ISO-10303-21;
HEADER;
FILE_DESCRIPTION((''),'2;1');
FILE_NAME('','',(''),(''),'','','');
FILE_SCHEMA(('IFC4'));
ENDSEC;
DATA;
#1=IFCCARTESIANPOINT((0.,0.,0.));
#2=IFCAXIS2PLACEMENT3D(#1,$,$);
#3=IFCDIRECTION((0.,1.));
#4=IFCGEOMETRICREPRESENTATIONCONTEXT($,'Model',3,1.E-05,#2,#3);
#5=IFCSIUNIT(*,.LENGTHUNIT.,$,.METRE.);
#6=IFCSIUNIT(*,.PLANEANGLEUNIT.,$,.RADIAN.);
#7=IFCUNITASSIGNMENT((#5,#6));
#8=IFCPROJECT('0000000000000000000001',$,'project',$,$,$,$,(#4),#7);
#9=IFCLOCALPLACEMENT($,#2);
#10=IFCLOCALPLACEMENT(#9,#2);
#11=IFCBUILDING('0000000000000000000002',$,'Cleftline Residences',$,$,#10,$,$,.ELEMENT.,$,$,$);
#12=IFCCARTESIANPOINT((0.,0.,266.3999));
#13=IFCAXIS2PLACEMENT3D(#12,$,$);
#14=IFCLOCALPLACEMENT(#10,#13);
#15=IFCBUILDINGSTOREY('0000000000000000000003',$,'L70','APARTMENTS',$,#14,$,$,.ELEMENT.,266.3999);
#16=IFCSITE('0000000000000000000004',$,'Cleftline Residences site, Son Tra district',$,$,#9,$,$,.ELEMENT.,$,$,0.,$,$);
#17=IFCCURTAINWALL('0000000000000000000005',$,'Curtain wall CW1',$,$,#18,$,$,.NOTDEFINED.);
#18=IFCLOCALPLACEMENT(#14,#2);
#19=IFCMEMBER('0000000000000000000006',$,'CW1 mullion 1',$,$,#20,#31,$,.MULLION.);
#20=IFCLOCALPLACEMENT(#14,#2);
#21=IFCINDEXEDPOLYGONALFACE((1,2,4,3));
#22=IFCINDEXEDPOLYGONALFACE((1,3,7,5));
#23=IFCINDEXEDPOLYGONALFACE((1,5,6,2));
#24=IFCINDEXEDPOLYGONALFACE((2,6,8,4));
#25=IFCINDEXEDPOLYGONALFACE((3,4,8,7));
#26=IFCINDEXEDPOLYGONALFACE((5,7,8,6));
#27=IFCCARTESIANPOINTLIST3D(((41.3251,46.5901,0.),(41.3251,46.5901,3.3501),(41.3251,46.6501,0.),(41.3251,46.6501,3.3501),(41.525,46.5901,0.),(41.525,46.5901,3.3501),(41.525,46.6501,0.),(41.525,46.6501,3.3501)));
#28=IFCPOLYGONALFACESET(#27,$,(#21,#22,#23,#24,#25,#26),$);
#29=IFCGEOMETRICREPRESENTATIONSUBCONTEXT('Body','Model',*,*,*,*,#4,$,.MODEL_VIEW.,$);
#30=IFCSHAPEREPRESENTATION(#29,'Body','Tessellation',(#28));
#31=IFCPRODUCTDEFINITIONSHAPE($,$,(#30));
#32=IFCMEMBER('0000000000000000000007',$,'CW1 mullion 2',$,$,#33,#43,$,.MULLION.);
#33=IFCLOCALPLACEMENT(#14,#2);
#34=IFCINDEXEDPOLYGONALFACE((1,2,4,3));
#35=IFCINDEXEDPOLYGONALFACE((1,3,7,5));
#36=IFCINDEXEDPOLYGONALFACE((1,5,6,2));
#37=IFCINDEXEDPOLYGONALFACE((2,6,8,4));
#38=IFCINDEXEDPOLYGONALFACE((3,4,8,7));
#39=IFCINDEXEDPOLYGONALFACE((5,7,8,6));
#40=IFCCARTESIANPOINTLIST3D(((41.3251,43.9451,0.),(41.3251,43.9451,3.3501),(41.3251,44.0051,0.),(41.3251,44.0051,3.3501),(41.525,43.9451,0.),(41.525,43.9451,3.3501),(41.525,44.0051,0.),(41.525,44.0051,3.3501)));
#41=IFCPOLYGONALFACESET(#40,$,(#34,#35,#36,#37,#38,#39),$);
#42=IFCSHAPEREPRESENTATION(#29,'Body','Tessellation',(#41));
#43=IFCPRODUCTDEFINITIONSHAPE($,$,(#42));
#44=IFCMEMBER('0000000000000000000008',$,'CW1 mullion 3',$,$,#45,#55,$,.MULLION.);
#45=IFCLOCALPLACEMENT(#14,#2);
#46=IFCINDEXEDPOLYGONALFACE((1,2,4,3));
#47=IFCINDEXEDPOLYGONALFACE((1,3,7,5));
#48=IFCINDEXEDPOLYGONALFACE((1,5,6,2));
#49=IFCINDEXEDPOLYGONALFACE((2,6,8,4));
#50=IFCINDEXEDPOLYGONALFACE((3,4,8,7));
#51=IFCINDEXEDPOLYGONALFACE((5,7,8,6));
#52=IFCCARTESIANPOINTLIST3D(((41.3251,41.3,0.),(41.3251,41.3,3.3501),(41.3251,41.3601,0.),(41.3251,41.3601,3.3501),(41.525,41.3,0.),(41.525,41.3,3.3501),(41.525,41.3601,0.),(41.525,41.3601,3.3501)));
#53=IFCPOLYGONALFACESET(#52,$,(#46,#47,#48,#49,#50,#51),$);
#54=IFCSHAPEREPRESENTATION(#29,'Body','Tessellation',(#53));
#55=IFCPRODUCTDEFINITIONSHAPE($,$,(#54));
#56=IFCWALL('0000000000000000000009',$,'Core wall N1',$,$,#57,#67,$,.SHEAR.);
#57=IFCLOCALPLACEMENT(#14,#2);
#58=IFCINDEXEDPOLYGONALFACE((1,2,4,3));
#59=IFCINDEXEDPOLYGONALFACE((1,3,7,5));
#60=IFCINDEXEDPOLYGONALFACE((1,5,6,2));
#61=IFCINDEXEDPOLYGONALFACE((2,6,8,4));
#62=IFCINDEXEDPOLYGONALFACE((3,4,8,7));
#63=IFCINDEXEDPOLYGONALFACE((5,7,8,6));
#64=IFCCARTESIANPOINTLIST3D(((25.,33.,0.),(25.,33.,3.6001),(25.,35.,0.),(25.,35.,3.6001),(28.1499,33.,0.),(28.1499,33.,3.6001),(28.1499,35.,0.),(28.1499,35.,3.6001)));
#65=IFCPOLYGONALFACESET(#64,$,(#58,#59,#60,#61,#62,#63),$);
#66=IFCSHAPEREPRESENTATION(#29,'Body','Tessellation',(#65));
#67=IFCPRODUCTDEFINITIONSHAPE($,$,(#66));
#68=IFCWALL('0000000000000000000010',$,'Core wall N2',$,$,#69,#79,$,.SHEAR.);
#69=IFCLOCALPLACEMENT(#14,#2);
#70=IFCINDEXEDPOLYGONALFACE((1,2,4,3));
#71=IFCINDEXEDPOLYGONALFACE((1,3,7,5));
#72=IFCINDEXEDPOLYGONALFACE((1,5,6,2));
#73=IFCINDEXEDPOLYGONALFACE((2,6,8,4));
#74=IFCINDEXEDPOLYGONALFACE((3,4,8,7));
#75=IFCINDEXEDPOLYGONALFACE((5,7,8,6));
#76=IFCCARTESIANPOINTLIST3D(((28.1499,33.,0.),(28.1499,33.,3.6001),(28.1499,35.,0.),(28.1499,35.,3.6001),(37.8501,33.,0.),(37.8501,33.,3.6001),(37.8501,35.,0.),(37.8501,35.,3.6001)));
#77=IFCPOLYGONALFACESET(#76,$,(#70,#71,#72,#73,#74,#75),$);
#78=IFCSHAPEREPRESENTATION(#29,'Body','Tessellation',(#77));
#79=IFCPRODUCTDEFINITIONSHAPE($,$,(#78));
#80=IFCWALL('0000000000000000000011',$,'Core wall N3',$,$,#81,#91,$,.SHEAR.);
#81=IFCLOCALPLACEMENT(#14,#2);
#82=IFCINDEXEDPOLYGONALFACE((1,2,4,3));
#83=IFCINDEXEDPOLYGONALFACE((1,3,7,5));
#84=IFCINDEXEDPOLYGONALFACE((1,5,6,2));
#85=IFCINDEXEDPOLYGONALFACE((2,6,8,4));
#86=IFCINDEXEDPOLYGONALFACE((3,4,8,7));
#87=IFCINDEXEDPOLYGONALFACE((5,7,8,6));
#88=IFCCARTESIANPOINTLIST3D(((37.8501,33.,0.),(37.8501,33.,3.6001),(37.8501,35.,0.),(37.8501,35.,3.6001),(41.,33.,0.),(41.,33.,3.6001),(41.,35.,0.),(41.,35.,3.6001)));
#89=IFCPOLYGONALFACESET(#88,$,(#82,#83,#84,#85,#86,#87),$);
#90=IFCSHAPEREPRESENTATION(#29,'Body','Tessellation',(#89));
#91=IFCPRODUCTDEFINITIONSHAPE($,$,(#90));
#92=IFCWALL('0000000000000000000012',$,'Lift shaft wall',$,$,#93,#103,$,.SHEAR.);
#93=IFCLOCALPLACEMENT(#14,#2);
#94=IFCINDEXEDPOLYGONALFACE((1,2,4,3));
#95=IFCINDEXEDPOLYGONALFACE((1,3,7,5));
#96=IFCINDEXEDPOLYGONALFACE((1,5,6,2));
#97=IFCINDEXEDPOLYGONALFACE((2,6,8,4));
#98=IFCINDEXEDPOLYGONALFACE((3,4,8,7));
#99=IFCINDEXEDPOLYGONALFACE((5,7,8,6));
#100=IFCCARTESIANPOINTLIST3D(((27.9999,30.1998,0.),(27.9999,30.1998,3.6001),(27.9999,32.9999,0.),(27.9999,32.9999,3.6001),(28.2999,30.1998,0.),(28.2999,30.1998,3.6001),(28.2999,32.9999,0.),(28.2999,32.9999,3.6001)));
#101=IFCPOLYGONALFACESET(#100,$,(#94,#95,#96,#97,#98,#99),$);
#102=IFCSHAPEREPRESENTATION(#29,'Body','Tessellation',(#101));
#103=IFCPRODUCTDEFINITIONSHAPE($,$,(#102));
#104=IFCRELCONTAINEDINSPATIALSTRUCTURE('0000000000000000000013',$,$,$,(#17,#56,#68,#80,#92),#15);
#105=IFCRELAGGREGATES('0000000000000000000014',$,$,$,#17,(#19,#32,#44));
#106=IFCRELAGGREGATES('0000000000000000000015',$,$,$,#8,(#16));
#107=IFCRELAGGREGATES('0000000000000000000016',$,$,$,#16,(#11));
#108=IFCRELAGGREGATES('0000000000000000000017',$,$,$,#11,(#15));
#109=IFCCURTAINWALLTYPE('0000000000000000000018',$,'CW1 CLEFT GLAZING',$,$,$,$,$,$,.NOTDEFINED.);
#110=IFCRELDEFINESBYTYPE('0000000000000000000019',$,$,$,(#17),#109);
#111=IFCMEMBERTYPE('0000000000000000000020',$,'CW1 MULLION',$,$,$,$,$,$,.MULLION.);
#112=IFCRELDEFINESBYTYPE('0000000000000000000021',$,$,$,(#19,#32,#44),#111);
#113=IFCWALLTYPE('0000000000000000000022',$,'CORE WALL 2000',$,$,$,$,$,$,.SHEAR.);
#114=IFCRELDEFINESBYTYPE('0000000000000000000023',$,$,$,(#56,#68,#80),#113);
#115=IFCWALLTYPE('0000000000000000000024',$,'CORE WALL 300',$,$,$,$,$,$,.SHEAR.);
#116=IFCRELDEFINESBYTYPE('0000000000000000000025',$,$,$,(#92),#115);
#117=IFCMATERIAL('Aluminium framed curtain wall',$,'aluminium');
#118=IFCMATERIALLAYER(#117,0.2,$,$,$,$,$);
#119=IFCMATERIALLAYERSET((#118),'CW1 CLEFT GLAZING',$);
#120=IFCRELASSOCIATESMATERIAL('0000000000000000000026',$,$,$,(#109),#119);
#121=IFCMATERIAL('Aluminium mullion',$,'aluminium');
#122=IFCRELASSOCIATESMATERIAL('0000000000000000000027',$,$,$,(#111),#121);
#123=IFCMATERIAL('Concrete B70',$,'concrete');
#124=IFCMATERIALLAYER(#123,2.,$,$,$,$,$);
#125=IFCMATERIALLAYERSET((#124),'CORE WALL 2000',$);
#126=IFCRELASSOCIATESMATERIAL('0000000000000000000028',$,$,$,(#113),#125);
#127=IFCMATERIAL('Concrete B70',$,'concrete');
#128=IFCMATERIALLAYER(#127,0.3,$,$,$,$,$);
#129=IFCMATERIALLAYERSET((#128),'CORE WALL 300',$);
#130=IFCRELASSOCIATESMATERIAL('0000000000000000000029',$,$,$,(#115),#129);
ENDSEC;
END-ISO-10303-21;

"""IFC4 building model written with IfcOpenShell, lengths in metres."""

from ifc_helpers import new_model, si_unit, direction, frame, frame_2d, origin, origin_2d, place, context, subcontext, project, spatial, rectangle, extrude, material, layer, layer_set, material_profile, profile_set, type_object, element, aggregate, save


model = new_model("IFC4")

# Units and contexts
model_context = context("Model", 3, precision=1e-05, world=origin(), true_north=direction((0.0, 1.0)))
body_context = subcontext(model_context, "Body", "Model", "MODEL_VIEW")
ifc_project = project(units=[si_unit("LENGTHUNIT", "METRE"), si_unit("PLANEANGLEUNIT", "RADIAN")], contexts=[model_context])

# Site, building, storey
site_placement = place(None, origin())
site = spatial("IfcSite", under=ifc_project, at=site_placement, Name="Cleftline Residences site, Son Tra district", CompositionType="ELEMENT", RefElevation=0.0)
building_placement = place(site_placement, origin())
building = spatial("IfcBuilding", under=site, at=building_placement, Name="Cleftline Residences", CompositionType="ELEMENT")
storey_placement = place(building_placement, frame((0.0, 0.0, 266.3999)))
storey = spatial("IfcBuildingStorey", under=building, at=storey_placement, Name="L70", Description="APARTMENTS", CompositionType="ELEMENT", Elevation=266.3999)

# Curtain wall, members
ifc_material_1 = material(Name="Aluminium framed curtain wall", Category="aluminium")
ifc_layer_1 = layer(ifc_material_1, 0.2)
ifc_layer_set_1 = layer_set([ifc_layer_1], Name="CW1 CLEFT GLAZING")
curtain_wall_type = type_object("IfcCurtainWallType", Name="CW1 CLEFT GLAZING", PredefinedType="NOTDEFINED", material=ifc_layer_set_1)
curtain_wall_placement = place(storey_placement, origin())
curtain_wall = element("IfcCurtainWall", 1, at=curtain_wall_placement, inside=storey, type_object=curtain_wall_type, Name="Curtain wall CW1", PredefinedType="NOTDEFINED")
ifc_material_2 = material(Name="Aluminium mullion", Category="aluminium")
ifc_material_profile = material_profile(ifc_material_2, rectangle(XDim=0.2, YDim=0.0601, at=origin_2d()))
ifc_profile_set = profile_set([ifc_material_profile], Name="Aluminium mullion")
member_type = type_object("IfcMemberType", Name="CW1 MULLION", PredefinedType="MULLION", material=ifc_profile_set)
member_1_placement = place(storey_placement, frame((41.425, 46.6201, 0.0), z_axis=(0.0, 0.0, 1.0), x_axis=(1.0, 0.0, 0.0)))
member_1 = element("IfcMember", 2, at=member_1_placement, type_object=member_type, Name="CW1 mullion 1", PredefinedType="MULLION", context=body_context, shape_type="SweptSolid", body=[
    extrude(rectangle(XDim=0.2, YDim=0.0601, at=origin_2d()), origin(), (0.0, 0.0, 1.0), 3.3501),
])
member_2_placement = place(storey_placement, frame((41.425, 43.9751, 0.0), z_axis=(0.0, 0.0, 1.0), x_axis=(1.0, 0.0, 0.0)))
member_2 = element("IfcMember", 3, at=member_2_placement, type_object=member_type, Name="CW1 mullion 2", PredefinedType="MULLION", context=body_context, shape_type="SweptSolid", body=[
    extrude(rectangle(XDim=0.2, YDim=0.0601, at=origin_2d()), origin(), (0.0, 0.0, 1.0), 3.3501),
])
member_3_placement = place(storey_placement, frame((41.425, 41.3301, 0.0), z_axis=(0.0, 0.0, 1.0), x_axis=(1.0, 0.0, 0.0)))
member_3 = element("IfcMember", 4, at=member_3_placement, type_object=member_type, Name="CW1 mullion 3", PredefinedType="MULLION", context=body_context, shape_type="SweptSolid", body=[
    extrude(rectangle(XDim=0.2, YDim=0.0601, at=origin_2d()), origin(), (0.0, 0.0, 1.0), 3.3501),
])
aggregate(curtain_wall, [member_1, member_2, member_3])

# Walls
ifc_material_3 = material(Name="Concrete B70", Category="concrete")
ifc_layer_2 = layer(ifc_material_3, 2.0)
ifc_layer_set_2 = layer_set([ifc_layer_2], Name="CORE WALL 2000")
wall_type_1 = type_object("IfcWallType", Name="CORE WALL 2000", PredefinedType="SHEAR", material=ifc_layer_set_2)
wall_1_placement = place(storey_placement, frame((25.0, 34.0, 0.0), z_axis=(0.0, 0.0, 1.0), x_axis=(1.0, 0.0, 0.0)))
element("IfcWall", 5, at=wall_1_placement, inside=storey, type_object=wall_type_1, Name="Core wall N1", PredefinedType="SHEAR", context=body_context, shape_type="SweptSolid", body=[
    extrude(rectangle(XDim=3.1499, YDim=2.0, at=frame_2d((1.575, 0.0))), origin(), (0.0, 0.0, 1.0), 3.6001),
])
wall_2_placement = place(storey_placement, frame((28.1499, 34.0, 0.0), z_axis=(0.0, 0.0, 1.0), x_axis=(1.0, 0.0, 0.0)))
element("IfcWall", 6, at=wall_2_placement, inside=storey, type_object=wall_type_1, Name="Core wall N2", PredefinedType="SHEAR", context=body_context, shape_type="SweptSolid", body=[
    extrude(rectangle(XDim=9.7002, YDim=2.0, at=frame_2d((4.8501, 0.0))), origin(), (0.0, 0.0, 1.0), 3.6001),
])
wall_3_placement = place(storey_placement, frame((37.8501, 34.0, 0.0), z_axis=(0.0, 0.0, 1.0), x_axis=(1.0, 0.0, 0.0)))
element("IfcWall", 7, at=wall_3_placement, inside=storey, type_object=wall_type_1, Name="Core wall N3", PredefinedType="SHEAR", context=body_context, shape_type="SweptSolid", body=[
    extrude(rectangle(XDim=3.1499, YDim=2.0, at=frame_2d((1.575, 0.0))), origin(), (0.0, 0.0, 1.0), 3.6001),
])
ifc_material_4 = material(Name="Concrete B70", Category="concrete")
ifc_layer_3 = layer(ifc_material_4, 0.3)
ifc_layer_set_3 = layer_set([ifc_layer_3], Name="CORE WALL 300")
wall_type_2 = type_object("IfcWallType", Name="CORE WALL 300", PredefinedType="SHEAR", material=ifc_layer_set_3)
wall_4_placement = place(storey_placement, frame((28.1499, 30.2, 0.0), z_axis=(0.0, 0.0, 1.0), x_axis=(0.0, 1.0, 0.0)))
element("IfcWall", 8, at=wall_4_placement, inside=storey, type_object=wall_type_2, Name="Lift shaft wall", PredefinedType="SHEAR", context=body_context, shape_type="SweptSolid", body=[
    extrude(rectangle(XDim=2.8, YDim=0.3, at=frame_2d((1.3999, 0.0))), origin(), (0.0, 0.0, 1.0), 3.6001),
])

save(model, "model.ifc")
